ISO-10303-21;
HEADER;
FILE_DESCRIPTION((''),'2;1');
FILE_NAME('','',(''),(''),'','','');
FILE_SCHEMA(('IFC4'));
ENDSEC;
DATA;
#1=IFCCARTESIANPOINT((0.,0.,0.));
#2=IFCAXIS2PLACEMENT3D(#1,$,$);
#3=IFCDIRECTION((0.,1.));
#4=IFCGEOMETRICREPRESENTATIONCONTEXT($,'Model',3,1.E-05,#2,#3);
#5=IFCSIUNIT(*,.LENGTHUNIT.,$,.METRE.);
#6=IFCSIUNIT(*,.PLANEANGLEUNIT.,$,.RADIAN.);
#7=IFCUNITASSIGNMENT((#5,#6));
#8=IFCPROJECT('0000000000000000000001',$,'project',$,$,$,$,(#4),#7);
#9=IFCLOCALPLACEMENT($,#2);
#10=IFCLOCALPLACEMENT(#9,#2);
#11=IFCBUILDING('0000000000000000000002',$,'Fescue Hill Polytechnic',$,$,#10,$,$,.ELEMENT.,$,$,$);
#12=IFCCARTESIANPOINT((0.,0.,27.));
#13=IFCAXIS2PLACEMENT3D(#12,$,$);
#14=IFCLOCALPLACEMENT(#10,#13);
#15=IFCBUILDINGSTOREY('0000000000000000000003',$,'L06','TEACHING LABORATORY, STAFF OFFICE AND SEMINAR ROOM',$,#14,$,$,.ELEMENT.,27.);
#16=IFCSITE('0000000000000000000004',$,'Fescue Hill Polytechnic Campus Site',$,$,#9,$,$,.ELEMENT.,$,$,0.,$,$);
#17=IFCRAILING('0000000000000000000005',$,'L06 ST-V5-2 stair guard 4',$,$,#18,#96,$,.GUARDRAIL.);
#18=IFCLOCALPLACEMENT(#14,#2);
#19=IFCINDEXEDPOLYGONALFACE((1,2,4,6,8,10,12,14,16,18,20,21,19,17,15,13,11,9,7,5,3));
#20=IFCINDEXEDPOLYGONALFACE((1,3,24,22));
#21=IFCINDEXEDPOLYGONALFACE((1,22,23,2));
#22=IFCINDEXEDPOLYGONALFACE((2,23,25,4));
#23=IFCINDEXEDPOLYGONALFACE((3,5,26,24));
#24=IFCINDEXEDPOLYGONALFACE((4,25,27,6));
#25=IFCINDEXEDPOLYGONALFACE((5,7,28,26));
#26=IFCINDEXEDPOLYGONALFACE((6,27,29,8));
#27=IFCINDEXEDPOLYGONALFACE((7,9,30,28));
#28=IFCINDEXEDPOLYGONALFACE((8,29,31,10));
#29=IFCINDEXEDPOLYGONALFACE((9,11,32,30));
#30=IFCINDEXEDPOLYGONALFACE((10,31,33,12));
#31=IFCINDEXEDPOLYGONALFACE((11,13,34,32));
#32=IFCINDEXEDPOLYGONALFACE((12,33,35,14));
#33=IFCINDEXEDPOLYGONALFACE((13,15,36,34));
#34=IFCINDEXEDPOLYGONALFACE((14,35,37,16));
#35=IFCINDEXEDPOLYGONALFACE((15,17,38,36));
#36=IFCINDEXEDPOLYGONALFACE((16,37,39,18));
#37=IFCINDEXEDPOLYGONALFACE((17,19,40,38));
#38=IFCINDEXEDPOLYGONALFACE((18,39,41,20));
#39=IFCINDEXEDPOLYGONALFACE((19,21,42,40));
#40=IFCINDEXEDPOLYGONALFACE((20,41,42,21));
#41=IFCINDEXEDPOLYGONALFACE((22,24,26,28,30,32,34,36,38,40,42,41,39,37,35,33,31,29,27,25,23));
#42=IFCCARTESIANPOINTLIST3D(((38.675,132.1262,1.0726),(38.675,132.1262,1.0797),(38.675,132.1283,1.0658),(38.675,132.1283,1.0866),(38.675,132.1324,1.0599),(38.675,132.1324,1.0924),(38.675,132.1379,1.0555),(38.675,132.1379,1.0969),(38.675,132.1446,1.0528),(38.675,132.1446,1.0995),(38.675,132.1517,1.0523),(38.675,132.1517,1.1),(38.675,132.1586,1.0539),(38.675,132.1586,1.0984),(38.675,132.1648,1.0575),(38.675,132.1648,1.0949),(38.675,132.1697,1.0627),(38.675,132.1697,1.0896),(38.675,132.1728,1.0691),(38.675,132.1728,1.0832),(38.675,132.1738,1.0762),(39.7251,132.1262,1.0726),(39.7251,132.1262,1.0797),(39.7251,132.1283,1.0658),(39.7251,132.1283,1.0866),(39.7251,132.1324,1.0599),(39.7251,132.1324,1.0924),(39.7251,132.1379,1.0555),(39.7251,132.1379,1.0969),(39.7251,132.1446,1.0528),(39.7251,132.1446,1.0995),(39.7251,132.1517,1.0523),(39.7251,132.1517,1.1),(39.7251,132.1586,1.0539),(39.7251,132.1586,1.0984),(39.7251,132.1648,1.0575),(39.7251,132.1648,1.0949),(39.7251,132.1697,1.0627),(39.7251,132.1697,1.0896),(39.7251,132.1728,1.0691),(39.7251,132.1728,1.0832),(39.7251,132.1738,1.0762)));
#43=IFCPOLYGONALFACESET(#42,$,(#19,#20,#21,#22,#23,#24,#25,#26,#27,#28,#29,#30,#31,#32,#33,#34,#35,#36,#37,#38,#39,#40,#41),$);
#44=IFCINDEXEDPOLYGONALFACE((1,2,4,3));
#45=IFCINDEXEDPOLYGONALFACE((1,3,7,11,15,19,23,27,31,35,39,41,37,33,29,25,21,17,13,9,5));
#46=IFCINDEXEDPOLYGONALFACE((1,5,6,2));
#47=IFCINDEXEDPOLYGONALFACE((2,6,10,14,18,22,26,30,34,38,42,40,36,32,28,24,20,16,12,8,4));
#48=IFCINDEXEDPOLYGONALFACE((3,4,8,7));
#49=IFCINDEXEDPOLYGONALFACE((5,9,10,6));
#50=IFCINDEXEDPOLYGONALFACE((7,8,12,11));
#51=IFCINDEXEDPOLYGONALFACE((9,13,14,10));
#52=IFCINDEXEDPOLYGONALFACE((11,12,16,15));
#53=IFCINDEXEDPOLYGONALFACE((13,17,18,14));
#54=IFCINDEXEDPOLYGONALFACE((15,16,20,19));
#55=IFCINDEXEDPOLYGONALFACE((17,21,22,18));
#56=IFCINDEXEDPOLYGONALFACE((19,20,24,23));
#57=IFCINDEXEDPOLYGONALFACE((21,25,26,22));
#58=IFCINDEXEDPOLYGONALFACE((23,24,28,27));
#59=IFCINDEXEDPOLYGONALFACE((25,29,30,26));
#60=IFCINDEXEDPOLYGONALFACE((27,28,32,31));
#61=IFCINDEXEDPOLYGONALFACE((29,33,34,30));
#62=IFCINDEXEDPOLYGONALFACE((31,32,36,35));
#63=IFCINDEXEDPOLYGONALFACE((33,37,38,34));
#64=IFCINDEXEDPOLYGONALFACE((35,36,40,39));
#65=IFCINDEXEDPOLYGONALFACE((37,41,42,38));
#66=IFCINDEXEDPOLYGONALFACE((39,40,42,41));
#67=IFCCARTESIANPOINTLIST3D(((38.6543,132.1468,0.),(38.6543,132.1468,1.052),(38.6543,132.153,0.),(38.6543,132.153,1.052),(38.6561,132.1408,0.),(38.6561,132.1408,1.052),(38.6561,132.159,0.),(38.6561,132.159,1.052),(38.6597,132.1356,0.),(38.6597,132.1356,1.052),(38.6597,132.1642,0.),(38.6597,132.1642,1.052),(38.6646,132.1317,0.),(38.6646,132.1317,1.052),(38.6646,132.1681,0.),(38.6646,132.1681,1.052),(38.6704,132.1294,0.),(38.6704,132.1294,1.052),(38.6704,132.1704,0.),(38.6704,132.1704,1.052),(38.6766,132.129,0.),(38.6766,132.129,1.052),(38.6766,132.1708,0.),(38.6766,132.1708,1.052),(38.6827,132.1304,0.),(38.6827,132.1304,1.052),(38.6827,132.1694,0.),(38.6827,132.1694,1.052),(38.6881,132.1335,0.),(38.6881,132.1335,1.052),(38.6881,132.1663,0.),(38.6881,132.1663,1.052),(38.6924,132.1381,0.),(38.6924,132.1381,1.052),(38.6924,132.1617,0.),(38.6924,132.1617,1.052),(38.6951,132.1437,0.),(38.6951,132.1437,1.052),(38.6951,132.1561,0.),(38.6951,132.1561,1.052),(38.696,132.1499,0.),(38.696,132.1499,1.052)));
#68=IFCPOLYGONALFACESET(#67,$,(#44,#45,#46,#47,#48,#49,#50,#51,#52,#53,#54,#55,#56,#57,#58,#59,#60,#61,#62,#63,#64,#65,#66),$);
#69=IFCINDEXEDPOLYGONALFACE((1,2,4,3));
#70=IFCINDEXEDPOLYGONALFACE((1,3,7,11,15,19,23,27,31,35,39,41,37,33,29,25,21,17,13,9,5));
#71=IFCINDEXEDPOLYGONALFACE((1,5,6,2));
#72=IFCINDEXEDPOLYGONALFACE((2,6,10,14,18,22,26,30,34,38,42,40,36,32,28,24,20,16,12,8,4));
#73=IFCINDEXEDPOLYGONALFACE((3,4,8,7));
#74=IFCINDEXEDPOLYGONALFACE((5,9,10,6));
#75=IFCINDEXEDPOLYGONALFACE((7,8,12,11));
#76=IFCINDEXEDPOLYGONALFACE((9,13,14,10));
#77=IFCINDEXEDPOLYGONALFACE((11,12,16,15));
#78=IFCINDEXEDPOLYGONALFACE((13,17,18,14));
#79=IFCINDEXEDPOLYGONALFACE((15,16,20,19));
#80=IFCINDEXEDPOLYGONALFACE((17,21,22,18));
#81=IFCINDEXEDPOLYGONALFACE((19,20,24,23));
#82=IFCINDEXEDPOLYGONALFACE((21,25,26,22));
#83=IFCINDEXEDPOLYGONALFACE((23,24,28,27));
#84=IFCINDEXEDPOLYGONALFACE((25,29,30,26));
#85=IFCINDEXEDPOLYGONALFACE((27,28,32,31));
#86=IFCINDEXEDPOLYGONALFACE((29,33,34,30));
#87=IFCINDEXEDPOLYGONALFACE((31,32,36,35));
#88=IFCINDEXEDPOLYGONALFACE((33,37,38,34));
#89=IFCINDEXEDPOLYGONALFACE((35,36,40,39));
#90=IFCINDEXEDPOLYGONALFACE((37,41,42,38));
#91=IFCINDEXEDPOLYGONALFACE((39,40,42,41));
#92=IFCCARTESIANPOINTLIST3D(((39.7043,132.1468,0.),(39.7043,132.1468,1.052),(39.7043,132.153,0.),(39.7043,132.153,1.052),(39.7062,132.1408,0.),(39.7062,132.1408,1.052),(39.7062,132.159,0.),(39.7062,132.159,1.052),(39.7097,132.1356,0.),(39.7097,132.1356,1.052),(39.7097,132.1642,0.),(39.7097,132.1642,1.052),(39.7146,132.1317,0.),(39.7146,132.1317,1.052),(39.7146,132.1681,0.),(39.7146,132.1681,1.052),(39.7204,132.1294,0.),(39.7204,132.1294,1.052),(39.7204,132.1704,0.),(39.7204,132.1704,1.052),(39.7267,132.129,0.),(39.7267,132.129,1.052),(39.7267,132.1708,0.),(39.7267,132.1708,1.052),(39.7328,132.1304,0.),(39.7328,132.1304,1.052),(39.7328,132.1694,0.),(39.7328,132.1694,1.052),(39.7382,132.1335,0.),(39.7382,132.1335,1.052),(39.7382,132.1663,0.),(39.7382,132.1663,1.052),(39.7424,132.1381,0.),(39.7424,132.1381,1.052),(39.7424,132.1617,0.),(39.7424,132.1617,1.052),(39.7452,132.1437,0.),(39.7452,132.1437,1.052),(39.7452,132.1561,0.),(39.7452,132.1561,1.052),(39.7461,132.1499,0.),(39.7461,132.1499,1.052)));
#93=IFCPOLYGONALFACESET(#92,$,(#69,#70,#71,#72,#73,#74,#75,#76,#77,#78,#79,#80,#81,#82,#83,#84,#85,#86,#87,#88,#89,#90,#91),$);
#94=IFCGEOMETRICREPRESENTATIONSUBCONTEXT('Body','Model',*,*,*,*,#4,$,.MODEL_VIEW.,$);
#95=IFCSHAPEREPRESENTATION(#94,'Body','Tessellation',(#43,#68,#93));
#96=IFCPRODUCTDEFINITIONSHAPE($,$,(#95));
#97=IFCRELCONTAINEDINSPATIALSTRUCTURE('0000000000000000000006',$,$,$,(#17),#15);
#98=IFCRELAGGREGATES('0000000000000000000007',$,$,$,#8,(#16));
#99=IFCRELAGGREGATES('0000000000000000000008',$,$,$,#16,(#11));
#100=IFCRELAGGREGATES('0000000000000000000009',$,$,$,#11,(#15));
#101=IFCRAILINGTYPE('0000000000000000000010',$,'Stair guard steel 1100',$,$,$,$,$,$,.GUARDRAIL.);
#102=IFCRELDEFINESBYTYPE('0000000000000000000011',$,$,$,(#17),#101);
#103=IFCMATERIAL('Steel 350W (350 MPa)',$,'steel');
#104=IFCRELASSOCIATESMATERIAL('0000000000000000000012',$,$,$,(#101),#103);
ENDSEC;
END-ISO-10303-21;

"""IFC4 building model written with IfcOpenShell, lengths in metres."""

from ifc_helpers import new_model, si_unit, direction, frame, origin, origin_2d, place, context, subcontext, project, spatial, circle, extrude, material, type_object, element, save


model = new_model("IFC4")

# Units and contexts
model_context = context("Model", 3, precision=1e-05, world=origin(), true_north=direction((0.0, 1.0)))
body_context = subcontext(model_context, "Body", "Model", "MODEL_VIEW")
ifc_project = project(units=[si_unit("LENGTHUNIT", "METRE"), si_unit("PLANEANGLEUNIT", "RADIAN")], contexts=[model_context])

# Site, building, storey
site_placement = place(None, origin())
site = spatial("IfcSite", under=ifc_project, at=site_placement, Name="Fescue Hill Polytechnic Campus Site", CompositionType="ELEMENT", RefElevation=0.0)
building_placement = place(site_placement, origin())
building = spatial("IfcBuilding", under=site, at=building_placement, Name="Fescue Hill Polytechnic", CompositionType="ELEMENT")
storey_placement = place(building_placement, frame((0.0, 0.0, 27.0)))
storey = spatial("IfcBuildingStorey", under=building, at=storey_placement, Name="L06", Description="TEACHING LABORATORY, STAFF OFFICE AND SEMINAR ROOM", CompositionType="ELEMENT", Elevation=27.0)

# Railing
ifc_material_1 = material(Name="Steel 350W (350 MPa)", Category="steel")
railing_type_1 = type_object("IfcRailingType", Name="Stair guard steel 1100", PredefinedType="GUARDRAIL", material=ifc_material_1)
railing_1_placement = place(storey_placement, frame((38.675, 132.1499, 0.0)))
element("IfcRailing", 1, at=railing_1_placement, inside=storey, type_object=railing_type_1, Name="L06 ST-V5-2 stair guard 4", PredefinedType="GUARDRAIL", context=body_context, shape_type="SweptSolid", body=[
    extrude(circle(Radius=0.0239, at=origin_2d()), frame((0.0, 0.0, 1.0762), z_axis=(1.0, 0.0, 0.0), x_axis=(0.0, 1.0, 0.0)), (0.0, 0.0, 1.0), 1.05),
    extrude(circle(Radius=0.021, at=origin_2d()), origin(), (0.0, 0.0, 1.0), 1.052),
    extrude(circle(Radius=0.021, at=origin_2d()), frame((1.05, 0.0, 0.0)), (0.0, 0.0, 1.0), 1.052),
])

save(model, "model.ifc")
